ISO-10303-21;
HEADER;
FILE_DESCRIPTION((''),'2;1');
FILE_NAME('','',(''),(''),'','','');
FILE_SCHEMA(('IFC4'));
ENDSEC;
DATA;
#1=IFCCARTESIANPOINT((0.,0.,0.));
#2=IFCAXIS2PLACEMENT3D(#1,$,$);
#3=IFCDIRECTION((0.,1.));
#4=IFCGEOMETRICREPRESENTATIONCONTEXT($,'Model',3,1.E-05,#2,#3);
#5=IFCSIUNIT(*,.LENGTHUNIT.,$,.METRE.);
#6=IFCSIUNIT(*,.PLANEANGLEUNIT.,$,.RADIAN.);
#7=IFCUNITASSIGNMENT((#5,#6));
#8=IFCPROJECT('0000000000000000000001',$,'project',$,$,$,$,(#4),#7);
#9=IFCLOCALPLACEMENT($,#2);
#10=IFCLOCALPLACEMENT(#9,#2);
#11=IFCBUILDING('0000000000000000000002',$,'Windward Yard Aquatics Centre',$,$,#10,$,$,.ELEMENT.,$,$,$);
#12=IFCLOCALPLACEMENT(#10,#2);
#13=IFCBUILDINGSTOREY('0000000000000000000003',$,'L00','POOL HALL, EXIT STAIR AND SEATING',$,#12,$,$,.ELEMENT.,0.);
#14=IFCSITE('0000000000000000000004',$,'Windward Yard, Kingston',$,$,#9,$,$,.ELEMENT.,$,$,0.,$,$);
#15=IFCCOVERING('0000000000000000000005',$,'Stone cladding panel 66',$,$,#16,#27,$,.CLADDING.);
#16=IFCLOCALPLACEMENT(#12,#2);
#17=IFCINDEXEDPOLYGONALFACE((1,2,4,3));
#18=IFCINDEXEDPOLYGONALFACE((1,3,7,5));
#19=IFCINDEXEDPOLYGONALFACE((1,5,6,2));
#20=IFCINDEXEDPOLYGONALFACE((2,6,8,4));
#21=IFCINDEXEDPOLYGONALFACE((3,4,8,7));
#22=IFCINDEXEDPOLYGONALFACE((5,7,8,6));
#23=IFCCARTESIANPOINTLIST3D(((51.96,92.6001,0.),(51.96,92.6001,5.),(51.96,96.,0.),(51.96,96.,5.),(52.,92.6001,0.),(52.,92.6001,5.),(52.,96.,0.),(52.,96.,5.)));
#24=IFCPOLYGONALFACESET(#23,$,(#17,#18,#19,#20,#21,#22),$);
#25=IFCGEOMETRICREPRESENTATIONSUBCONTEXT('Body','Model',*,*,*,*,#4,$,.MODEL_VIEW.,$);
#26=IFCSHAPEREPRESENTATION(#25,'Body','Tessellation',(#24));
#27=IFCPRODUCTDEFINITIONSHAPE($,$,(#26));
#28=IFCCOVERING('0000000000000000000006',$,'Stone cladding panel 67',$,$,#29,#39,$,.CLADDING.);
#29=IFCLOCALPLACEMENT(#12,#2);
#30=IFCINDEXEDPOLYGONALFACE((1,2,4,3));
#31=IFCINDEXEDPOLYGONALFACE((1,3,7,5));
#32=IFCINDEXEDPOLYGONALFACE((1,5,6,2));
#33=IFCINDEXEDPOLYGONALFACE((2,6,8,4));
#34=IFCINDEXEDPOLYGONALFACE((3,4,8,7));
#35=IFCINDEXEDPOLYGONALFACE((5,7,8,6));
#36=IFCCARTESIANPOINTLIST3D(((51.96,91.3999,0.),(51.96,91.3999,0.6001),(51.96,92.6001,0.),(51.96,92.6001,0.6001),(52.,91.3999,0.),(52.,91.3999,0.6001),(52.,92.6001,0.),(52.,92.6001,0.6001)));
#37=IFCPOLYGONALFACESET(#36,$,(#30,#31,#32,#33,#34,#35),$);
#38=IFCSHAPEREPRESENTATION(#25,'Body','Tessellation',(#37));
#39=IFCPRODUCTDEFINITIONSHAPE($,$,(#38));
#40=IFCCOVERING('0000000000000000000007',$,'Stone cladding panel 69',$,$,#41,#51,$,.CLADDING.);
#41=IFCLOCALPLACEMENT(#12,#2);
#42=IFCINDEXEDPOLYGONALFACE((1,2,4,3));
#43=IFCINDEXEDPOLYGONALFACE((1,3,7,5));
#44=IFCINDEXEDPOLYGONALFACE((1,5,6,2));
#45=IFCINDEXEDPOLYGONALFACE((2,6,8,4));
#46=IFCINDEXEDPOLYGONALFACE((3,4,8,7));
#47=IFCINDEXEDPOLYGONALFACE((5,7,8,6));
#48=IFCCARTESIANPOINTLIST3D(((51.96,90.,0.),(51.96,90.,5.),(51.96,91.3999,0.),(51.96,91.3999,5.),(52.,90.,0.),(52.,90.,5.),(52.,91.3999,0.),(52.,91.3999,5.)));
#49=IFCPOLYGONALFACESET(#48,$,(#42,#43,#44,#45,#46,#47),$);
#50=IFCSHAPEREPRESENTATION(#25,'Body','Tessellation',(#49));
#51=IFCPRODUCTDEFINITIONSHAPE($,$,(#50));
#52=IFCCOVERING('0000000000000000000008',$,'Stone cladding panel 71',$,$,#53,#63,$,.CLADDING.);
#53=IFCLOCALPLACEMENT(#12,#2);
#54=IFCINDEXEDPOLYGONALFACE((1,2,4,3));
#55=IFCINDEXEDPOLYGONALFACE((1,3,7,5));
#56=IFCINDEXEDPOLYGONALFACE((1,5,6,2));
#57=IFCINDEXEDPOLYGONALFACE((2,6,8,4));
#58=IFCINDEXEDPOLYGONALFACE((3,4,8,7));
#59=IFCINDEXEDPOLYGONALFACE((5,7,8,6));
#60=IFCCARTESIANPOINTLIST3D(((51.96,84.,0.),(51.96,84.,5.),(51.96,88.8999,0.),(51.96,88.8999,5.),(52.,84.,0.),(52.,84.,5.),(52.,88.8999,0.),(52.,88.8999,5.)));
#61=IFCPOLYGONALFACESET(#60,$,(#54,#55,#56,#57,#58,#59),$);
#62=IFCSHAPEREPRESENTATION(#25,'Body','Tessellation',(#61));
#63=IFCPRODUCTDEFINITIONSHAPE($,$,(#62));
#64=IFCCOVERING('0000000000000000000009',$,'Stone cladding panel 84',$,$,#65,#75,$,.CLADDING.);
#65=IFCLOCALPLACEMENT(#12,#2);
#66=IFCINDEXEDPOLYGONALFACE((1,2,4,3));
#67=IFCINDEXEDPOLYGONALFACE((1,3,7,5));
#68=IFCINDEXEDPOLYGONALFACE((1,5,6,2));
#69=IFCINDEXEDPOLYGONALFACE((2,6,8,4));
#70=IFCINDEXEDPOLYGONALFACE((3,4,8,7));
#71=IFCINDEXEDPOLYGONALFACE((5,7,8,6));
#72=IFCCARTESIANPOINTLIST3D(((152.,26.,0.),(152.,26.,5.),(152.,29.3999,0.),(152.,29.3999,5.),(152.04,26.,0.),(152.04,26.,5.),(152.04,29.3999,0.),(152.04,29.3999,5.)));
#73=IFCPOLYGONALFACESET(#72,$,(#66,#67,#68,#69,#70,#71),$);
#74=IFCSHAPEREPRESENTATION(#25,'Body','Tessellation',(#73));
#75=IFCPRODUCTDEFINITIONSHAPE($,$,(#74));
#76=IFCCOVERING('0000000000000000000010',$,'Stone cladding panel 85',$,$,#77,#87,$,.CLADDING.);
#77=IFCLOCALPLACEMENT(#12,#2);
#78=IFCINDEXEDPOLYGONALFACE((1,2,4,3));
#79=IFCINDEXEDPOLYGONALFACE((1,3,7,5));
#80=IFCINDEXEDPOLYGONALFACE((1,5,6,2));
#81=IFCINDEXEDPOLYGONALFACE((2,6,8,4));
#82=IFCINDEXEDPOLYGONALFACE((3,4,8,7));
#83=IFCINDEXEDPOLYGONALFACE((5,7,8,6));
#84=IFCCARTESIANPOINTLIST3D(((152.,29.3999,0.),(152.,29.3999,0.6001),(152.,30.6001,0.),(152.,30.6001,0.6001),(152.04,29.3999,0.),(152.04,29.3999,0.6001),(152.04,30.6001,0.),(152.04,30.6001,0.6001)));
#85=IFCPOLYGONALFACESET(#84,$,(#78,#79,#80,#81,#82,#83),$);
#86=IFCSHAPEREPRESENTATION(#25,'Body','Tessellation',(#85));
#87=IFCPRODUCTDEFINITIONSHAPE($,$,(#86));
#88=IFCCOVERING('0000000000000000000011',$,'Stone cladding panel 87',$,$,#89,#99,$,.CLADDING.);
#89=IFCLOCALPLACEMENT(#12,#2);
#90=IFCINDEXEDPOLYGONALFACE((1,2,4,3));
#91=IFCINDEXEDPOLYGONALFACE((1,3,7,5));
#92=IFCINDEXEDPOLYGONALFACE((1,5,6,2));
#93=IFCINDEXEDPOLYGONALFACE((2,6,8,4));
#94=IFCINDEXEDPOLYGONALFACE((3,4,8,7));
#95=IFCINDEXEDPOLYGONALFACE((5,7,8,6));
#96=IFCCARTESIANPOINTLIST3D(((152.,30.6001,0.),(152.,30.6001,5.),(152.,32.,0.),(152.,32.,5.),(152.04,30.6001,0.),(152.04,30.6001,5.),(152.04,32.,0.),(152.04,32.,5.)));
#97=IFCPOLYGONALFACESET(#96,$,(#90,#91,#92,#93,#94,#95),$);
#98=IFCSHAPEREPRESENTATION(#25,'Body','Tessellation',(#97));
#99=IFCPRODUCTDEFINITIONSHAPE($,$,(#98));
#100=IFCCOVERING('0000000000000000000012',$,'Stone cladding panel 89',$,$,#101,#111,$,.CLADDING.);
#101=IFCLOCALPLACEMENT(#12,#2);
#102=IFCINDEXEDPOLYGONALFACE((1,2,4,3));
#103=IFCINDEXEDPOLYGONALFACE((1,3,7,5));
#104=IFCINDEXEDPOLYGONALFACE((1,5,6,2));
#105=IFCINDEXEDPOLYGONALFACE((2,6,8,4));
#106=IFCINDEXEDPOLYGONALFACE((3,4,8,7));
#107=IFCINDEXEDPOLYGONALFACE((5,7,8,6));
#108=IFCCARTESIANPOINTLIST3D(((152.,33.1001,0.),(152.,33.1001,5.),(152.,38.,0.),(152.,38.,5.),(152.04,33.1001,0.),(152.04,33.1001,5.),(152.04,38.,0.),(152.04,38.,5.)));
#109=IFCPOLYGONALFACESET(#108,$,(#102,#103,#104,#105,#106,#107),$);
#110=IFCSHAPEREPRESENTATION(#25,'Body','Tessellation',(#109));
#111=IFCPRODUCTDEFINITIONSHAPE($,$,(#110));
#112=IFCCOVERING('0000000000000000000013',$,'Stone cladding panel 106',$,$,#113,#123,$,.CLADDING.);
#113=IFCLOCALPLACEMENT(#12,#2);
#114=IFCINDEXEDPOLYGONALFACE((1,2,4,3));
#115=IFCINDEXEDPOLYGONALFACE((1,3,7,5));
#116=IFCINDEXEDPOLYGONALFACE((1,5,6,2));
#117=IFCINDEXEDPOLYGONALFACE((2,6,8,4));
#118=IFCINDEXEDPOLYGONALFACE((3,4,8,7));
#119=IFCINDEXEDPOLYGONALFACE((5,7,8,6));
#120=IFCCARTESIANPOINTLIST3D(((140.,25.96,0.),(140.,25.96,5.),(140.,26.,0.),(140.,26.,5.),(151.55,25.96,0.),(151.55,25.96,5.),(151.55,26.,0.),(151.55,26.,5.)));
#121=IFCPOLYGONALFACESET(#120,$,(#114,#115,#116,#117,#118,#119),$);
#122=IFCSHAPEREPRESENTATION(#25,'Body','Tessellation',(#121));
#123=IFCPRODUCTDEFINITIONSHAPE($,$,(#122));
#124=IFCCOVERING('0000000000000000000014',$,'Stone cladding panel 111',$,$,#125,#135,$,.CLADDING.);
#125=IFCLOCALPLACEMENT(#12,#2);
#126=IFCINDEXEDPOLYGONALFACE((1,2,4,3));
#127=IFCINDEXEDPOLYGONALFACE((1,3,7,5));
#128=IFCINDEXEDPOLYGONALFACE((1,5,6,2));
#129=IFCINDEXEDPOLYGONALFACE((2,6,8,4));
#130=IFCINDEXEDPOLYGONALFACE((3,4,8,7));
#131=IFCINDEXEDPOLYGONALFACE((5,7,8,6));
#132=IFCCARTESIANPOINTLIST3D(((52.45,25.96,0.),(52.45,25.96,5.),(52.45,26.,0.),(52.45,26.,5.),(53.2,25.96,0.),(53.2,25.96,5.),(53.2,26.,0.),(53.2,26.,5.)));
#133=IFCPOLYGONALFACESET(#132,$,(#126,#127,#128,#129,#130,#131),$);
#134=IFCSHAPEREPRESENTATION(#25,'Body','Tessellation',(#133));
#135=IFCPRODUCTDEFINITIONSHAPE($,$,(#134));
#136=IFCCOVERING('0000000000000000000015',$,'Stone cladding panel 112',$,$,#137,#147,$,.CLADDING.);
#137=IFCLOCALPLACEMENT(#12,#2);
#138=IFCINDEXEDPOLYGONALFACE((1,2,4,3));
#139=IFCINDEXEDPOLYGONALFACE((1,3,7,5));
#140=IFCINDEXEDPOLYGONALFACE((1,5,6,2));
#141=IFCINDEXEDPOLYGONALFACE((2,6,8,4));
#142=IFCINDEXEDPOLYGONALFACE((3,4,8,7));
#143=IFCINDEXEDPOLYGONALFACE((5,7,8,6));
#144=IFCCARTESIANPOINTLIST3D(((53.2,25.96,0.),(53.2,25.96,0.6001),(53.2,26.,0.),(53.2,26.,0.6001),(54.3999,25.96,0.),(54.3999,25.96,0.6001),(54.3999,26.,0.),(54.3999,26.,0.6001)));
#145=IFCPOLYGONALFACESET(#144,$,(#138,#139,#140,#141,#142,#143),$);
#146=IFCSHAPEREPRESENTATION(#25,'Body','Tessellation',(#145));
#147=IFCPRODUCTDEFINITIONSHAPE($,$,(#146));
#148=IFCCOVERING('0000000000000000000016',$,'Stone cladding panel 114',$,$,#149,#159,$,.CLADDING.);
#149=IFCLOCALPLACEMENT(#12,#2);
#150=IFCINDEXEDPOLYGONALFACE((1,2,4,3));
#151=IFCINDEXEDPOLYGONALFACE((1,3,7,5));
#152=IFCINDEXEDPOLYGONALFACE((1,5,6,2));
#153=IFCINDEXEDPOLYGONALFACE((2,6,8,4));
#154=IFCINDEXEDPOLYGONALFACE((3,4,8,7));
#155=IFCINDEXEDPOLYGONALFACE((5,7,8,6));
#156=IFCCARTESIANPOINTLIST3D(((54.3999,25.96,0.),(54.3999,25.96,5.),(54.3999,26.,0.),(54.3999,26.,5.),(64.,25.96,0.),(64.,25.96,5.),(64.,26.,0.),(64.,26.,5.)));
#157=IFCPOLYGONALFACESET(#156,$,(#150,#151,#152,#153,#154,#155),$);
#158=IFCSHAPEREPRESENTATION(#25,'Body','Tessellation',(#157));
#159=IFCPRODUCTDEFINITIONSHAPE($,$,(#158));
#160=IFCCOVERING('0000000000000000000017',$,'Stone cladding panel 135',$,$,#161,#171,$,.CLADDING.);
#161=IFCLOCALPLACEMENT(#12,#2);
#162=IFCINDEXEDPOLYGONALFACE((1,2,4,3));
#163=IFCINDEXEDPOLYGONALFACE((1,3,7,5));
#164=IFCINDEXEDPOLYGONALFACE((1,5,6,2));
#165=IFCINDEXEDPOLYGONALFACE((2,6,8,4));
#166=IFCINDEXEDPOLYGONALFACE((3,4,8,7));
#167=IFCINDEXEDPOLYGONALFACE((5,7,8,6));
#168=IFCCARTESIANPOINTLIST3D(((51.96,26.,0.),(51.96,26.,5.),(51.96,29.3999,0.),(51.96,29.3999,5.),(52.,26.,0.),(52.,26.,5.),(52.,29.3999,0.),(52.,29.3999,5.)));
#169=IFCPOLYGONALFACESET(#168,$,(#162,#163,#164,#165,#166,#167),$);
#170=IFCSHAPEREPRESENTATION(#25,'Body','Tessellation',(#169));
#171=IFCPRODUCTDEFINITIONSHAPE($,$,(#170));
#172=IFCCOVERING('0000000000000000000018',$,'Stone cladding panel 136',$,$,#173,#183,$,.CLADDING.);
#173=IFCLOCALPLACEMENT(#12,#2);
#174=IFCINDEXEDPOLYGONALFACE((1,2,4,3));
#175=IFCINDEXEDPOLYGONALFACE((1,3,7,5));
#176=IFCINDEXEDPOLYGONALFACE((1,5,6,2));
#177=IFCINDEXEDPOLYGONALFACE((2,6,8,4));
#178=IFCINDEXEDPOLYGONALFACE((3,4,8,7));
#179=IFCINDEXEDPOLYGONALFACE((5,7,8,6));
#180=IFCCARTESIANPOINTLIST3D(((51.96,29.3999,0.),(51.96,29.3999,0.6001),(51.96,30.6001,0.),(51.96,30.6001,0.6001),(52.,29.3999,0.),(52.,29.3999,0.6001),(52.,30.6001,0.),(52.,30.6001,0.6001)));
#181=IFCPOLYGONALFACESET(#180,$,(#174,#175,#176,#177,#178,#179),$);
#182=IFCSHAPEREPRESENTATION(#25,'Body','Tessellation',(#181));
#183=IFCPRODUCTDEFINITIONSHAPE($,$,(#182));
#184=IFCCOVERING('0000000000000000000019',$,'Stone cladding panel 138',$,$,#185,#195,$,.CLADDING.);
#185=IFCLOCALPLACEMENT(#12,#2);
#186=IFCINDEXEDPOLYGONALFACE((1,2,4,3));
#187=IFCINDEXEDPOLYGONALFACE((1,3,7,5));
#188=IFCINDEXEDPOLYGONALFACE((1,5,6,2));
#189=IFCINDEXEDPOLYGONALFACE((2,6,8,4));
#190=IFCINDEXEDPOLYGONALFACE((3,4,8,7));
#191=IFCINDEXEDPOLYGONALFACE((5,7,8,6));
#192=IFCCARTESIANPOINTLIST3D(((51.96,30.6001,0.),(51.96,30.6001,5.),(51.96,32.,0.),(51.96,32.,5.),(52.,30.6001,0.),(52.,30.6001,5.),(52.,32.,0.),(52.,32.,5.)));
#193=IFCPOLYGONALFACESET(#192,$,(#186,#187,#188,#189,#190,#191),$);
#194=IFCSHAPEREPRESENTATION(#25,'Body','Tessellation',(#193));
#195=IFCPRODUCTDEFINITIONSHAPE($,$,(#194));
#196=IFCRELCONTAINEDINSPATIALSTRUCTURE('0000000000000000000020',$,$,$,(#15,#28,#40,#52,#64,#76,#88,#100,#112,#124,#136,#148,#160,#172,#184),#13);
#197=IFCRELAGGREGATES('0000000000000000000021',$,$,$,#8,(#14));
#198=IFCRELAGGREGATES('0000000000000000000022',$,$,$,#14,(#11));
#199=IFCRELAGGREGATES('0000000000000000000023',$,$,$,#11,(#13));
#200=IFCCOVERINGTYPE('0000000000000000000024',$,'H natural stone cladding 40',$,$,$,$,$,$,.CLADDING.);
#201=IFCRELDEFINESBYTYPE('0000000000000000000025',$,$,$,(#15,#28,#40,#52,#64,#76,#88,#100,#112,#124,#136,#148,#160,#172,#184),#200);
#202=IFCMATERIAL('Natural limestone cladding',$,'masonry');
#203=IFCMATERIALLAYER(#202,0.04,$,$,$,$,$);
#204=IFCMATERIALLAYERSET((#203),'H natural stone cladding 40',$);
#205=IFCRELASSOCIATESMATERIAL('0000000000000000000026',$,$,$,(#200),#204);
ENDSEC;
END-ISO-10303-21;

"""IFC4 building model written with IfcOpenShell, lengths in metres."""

from ifc_helpers import new_model, si_unit, direction, origin, place, context, subcontext, project, spatial, polyline, outline, extrude, material, layer, layer_set, type_object, element, save


model = new_model("IFC4")

# Units and contexts
model_context = context("Model", 3, precision=1e-05, world=origin(), true_north=direction((0.0, 1.0)))
body_context = subcontext(model_context, "Body", "Model", "MODEL_VIEW")
ifc_project = project(units=[si_unit("LENGTHUNIT", "METRE"), si_unit("PLANEANGLEUNIT", "RADIAN")], contexts=[model_context])

# Site, building, storey
site_placement = place(None, origin())
site = spatial("IfcSite", under=ifc_project, at=site_placement, Name="Windward Yard, Kingston", CompositionType="ELEMENT", RefElevation=0.0)
building_placement = place(site_placement, origin())
building = spatial("IfcBuilding", under=site, at=building_placement, Name="Windward Yard Aquatics Centre", CompositionType="ELEMENT")
storey_placement = place(building_placement, origin())
storey = spatial("IfcBuildingStorey", under=building, at=storey_placement, Name="L00", Description="POOL HALL, EXIT STAIR AND SEATING", CompositionType="ELEMENT", Elevation=0.0)

# Coverings
ifc_material_1 = material(Name="Natural limestone cladding", Category="masonry")
ifc_layer_1 = layer(ifc_material_1, 0.04)
ifc_layer_set_1 = layer_set([ifc_layer_1], Name="H natural stone cladding 40")
covering_type_1 = type_object("IfcCoveringType", Name="H natural stone cladding 40", PredefinedType="CLADDING", material=ifc_layer_set_1)
covering_1_placement = place(storey_placement, origin())
element("IfcCovering", 1, at=covering_1_placement, inside=storey, type_object=covering_type_1, Name="Stone cladding panel 66", PredefinedType="CLADDING", context=body_context, shape_type="SweptSolid", body=[
    extrude(outline(polyline([(51.96, 92.6001), (51.96, 96.0), (52.0, 96.0), (52.0, 92.6001), (51.96, 92.6001)])), origin(), (0.0, 0.0, 1.0), 5.0),
])
covering_2_placement = place(storey_placement, origin())
element("IfcCovering", 2, at=covering_2_placement, inside=storey, type_object=covering_type_1, Name="Stone cladding panel 67", PredefinedType="CLADDING", context=body_context, shape_type="SweptSolid", body=[
    extrude(outline(polyline([(51.96, 91.3999), (51.96, 92.6001), (52.0, 92.6001), (52.0, 91.3999), (51.96, 91.3999)])), origin(), (0.0, 0.0, 1.0), 0.6001),
])
covering_3_placement = place(storey_placement, origin())
element("IfcCovering", 3, at=covering_3_placement, inside=storey, type_object=covering_type_1, Name="Stone cladding panel 69", PredefinedType="CLADDING", context=body_context, shape_type="SweptSolid", body=[
    extrude(outline(polyline([(51.96, 90.0), (51.96, 91.3999), (52.0, 91.3999), (52.0, 90.0), (51.96, 90.0)])), origin(), (0.0, 0.0, 1.0), 5.0),
])
covering_4_placement = place(storey_placement, origin())
element("IfcCovering", 4, at=covering_4_placement, inside=storey, type_object=covering_type_1, Name="Stone cladding panel 71", PredefinedType="CLADDING", context=body_context, shape_type="SweptSolid", body=[
    extrude(outline(polyline([(51.96, 84.0), (51.96, 88.8999), (52.0, 88.8999), (52.0, 84.0), (51.96, 84.0)])), origin(), (0.0, 0.0, 1.0), 5.0),
])
covering_5_placement = place(storey_placement, origin())
element("IfcCovering", 5, at=covering_5_placement, inside=storey, type_object=covering_type_1, Name="Stone cladding panel 84", PredefinedType="CLADDING", context=body_context, shape_type="SweptSolid", body=[
    extrude(outline(polyline([(152.0, 26.0), (152.0, 29.3999), (152.04, 29.3999), (152.04, 26.0), (152.0, 26.0)])), origin(), (0.0, 0.0, 1.0), 5.0),
])
covering_6_placement = place(storey_placement, origin())
element("IfcCovering", 6, at=covering_6_placement, inside=storey, type_object=covering_type_1, Name="Stone cladding panel 85", PredefinedType="CLADDING", context=body_context, shape_type="SweptSolid", body=[
    extrude(outline(polyline([(152.0, 29.3999), (152.0, 30.6001), (152.04, 30.6001), (152.04, 29.3999), (152.0, 29.3999)])), origin(), (0.0, 0.0, 1.0), 0.6001),
])
covering_7_placement = place(storey_placement, origin())
element("IfcCovering", 7, at=covering_7_placement, inside=storey, type_object=covering_type_1, Name="Stone cladding panel 87", PredefinedType="CLADDING", context=body_context, shape_type="SweptSolid", body=[
    extrude(outline(polyline([(152.0, 30.6001), (152.0, 32.0), (152.04, 32.0), (152.04, 30.6001), (152.0, 30.6001)])), origin(), (0.0, 0.0, 1.0), 5.0),
])
covering_8_placement = place(storey_placement, origin())
element("IfcCovering", 8, at=covering_8_placement, inside=storey, type_object=covering_type_1, Name="Stone cladding panel 89", PredefinedType="CLADDING", context=body_context, shape_type="SweptSolid", body=[
    extrude(outline(polyline([(152.0, 33.1001), (152.0, 38.0), (152.04, 38.0), (152.04, 33.1001), (152.0, 33.1001)])), origin(), (0.0, 0.0, 1.0), 5.0),
])
covering_9_placement = place(storey_placement, origin())
element("IfcCovering", 9, at=covering_9_placement, inside=storey, type_object=covering_type_1, Name="Stone cladding panel 106", PredefinedType="CLADDING", context=body_context, shape_type="SweptSolid", body=[
    extrude(outline(polyline([(140.0, 25.96), (151.55, 25.96), (151.55, 26.0), (140.0, 26.0), (140.0, 25.96)])), origin(), (0.0, 0.0, 1.0), 5.0),
])
covering_10_placement = place(storey_placement, origin())
element("IfcCovering", 10, at=covering_10_placement, inside=storey, type_object=covering_type_1, Name="Stone cladding panel 111", PredefinedType="CLADDING", context=body_context, shape_type="SweptSolid", body=[
    extrude(outline(polyline([(52.45, 25.96), (52.45, 26.0), (53.2, 26.0), (53.2, 25.96), (52.45, 25.96)])), origin(), (0.0, 0.0, 1.0), 5.0),
])
covering_11_placement = place(storey_placement, origin())
element("IfcCovering", 11, at=covering_11_placement, inside=storey, type_object=covering_type_1, Name="Stone cladding panel 112", PredefinedType="CLADDING", context=body_context, shape_type="SweptSolid", body=[
    extrude(outline(polyline([(53.2, 25.96), (53.2, 26.0), (54.3999, 26.0), (54.3999, 25.96), (53.2, 25.96)])), origin(), (0.0, 0.0, 1.0), 0.6001),
])
covering_12_placement = place(storey_placement, origin())
element("IfcCovering", 12, at=covering_12_placement, inside=storey, type_object=covering_type_1, Name="Stone cladding panel 114", PredefinedType="CLADDING", context=body_context, shape_type="SweptSolid", body=[
    extrude(outline(polyline([(54.3999, 25.96), (54.3999, 26.0), (64.0, 26.0), (64.0, 25.96), (54.3999, 25.96)])), origin(), (0.0, 0.0, 1.0), 5.0),
])
covering_13_placement = place(storey_placement, origin())
element("IfcCovering", 13, at=covering_13_placement, inside=storey, type_object=covering_type_1, Name="Stone cladding panel 135", PredefinedType="CLADDING", context=body_context, shape_type="SweptSolid", body=[
    extrude(outline(polyline([(51.96, 26.0), (52.0, 26.0), (52.0, 29.3999), (51.96, 29.3999), (51.96, 26.0)])), origin(), (0.0, 0.0, 1.0), 5.0),
])
covering_14_placement = place(storey_placement, origin())
element("IfcCovering", 14, at=covering_14_placement, inside=storey, type_object=covering_type_1, Name="Stone cladding panel 136", PredefinedType="CLADDING", context=body_context, shape_type="SweptSolid", body=[
    extrude(outline(polyline([(51.96, 29.3999), (52.0, 29.3999), (52.0, 30.6001), (51.96, 30.6001), (51.96, 29.3999)])), origin(), (0.0, 0.0, 1.0), 0.6001),
])
covering_15_placement = place(storey_placement, origin())
element("IfcCovering", 15, at=covering_15_placement, inside=storey, type_object=covering_type_1, Name="Stone cladding panel 138", PredefinedType="CLADDING", context=body_context, shape_type="SweptSolid", body=[
    extrude(outline(polyline([(51.96, 30.6001), (52.0, 30.6001), (52.0, 32.0), (51.96, 32.0), (51.96, 30.6001)])), origin(), (0.0, 0.0, 1.0), 5.0),
])

save(model, "model.ifc")
